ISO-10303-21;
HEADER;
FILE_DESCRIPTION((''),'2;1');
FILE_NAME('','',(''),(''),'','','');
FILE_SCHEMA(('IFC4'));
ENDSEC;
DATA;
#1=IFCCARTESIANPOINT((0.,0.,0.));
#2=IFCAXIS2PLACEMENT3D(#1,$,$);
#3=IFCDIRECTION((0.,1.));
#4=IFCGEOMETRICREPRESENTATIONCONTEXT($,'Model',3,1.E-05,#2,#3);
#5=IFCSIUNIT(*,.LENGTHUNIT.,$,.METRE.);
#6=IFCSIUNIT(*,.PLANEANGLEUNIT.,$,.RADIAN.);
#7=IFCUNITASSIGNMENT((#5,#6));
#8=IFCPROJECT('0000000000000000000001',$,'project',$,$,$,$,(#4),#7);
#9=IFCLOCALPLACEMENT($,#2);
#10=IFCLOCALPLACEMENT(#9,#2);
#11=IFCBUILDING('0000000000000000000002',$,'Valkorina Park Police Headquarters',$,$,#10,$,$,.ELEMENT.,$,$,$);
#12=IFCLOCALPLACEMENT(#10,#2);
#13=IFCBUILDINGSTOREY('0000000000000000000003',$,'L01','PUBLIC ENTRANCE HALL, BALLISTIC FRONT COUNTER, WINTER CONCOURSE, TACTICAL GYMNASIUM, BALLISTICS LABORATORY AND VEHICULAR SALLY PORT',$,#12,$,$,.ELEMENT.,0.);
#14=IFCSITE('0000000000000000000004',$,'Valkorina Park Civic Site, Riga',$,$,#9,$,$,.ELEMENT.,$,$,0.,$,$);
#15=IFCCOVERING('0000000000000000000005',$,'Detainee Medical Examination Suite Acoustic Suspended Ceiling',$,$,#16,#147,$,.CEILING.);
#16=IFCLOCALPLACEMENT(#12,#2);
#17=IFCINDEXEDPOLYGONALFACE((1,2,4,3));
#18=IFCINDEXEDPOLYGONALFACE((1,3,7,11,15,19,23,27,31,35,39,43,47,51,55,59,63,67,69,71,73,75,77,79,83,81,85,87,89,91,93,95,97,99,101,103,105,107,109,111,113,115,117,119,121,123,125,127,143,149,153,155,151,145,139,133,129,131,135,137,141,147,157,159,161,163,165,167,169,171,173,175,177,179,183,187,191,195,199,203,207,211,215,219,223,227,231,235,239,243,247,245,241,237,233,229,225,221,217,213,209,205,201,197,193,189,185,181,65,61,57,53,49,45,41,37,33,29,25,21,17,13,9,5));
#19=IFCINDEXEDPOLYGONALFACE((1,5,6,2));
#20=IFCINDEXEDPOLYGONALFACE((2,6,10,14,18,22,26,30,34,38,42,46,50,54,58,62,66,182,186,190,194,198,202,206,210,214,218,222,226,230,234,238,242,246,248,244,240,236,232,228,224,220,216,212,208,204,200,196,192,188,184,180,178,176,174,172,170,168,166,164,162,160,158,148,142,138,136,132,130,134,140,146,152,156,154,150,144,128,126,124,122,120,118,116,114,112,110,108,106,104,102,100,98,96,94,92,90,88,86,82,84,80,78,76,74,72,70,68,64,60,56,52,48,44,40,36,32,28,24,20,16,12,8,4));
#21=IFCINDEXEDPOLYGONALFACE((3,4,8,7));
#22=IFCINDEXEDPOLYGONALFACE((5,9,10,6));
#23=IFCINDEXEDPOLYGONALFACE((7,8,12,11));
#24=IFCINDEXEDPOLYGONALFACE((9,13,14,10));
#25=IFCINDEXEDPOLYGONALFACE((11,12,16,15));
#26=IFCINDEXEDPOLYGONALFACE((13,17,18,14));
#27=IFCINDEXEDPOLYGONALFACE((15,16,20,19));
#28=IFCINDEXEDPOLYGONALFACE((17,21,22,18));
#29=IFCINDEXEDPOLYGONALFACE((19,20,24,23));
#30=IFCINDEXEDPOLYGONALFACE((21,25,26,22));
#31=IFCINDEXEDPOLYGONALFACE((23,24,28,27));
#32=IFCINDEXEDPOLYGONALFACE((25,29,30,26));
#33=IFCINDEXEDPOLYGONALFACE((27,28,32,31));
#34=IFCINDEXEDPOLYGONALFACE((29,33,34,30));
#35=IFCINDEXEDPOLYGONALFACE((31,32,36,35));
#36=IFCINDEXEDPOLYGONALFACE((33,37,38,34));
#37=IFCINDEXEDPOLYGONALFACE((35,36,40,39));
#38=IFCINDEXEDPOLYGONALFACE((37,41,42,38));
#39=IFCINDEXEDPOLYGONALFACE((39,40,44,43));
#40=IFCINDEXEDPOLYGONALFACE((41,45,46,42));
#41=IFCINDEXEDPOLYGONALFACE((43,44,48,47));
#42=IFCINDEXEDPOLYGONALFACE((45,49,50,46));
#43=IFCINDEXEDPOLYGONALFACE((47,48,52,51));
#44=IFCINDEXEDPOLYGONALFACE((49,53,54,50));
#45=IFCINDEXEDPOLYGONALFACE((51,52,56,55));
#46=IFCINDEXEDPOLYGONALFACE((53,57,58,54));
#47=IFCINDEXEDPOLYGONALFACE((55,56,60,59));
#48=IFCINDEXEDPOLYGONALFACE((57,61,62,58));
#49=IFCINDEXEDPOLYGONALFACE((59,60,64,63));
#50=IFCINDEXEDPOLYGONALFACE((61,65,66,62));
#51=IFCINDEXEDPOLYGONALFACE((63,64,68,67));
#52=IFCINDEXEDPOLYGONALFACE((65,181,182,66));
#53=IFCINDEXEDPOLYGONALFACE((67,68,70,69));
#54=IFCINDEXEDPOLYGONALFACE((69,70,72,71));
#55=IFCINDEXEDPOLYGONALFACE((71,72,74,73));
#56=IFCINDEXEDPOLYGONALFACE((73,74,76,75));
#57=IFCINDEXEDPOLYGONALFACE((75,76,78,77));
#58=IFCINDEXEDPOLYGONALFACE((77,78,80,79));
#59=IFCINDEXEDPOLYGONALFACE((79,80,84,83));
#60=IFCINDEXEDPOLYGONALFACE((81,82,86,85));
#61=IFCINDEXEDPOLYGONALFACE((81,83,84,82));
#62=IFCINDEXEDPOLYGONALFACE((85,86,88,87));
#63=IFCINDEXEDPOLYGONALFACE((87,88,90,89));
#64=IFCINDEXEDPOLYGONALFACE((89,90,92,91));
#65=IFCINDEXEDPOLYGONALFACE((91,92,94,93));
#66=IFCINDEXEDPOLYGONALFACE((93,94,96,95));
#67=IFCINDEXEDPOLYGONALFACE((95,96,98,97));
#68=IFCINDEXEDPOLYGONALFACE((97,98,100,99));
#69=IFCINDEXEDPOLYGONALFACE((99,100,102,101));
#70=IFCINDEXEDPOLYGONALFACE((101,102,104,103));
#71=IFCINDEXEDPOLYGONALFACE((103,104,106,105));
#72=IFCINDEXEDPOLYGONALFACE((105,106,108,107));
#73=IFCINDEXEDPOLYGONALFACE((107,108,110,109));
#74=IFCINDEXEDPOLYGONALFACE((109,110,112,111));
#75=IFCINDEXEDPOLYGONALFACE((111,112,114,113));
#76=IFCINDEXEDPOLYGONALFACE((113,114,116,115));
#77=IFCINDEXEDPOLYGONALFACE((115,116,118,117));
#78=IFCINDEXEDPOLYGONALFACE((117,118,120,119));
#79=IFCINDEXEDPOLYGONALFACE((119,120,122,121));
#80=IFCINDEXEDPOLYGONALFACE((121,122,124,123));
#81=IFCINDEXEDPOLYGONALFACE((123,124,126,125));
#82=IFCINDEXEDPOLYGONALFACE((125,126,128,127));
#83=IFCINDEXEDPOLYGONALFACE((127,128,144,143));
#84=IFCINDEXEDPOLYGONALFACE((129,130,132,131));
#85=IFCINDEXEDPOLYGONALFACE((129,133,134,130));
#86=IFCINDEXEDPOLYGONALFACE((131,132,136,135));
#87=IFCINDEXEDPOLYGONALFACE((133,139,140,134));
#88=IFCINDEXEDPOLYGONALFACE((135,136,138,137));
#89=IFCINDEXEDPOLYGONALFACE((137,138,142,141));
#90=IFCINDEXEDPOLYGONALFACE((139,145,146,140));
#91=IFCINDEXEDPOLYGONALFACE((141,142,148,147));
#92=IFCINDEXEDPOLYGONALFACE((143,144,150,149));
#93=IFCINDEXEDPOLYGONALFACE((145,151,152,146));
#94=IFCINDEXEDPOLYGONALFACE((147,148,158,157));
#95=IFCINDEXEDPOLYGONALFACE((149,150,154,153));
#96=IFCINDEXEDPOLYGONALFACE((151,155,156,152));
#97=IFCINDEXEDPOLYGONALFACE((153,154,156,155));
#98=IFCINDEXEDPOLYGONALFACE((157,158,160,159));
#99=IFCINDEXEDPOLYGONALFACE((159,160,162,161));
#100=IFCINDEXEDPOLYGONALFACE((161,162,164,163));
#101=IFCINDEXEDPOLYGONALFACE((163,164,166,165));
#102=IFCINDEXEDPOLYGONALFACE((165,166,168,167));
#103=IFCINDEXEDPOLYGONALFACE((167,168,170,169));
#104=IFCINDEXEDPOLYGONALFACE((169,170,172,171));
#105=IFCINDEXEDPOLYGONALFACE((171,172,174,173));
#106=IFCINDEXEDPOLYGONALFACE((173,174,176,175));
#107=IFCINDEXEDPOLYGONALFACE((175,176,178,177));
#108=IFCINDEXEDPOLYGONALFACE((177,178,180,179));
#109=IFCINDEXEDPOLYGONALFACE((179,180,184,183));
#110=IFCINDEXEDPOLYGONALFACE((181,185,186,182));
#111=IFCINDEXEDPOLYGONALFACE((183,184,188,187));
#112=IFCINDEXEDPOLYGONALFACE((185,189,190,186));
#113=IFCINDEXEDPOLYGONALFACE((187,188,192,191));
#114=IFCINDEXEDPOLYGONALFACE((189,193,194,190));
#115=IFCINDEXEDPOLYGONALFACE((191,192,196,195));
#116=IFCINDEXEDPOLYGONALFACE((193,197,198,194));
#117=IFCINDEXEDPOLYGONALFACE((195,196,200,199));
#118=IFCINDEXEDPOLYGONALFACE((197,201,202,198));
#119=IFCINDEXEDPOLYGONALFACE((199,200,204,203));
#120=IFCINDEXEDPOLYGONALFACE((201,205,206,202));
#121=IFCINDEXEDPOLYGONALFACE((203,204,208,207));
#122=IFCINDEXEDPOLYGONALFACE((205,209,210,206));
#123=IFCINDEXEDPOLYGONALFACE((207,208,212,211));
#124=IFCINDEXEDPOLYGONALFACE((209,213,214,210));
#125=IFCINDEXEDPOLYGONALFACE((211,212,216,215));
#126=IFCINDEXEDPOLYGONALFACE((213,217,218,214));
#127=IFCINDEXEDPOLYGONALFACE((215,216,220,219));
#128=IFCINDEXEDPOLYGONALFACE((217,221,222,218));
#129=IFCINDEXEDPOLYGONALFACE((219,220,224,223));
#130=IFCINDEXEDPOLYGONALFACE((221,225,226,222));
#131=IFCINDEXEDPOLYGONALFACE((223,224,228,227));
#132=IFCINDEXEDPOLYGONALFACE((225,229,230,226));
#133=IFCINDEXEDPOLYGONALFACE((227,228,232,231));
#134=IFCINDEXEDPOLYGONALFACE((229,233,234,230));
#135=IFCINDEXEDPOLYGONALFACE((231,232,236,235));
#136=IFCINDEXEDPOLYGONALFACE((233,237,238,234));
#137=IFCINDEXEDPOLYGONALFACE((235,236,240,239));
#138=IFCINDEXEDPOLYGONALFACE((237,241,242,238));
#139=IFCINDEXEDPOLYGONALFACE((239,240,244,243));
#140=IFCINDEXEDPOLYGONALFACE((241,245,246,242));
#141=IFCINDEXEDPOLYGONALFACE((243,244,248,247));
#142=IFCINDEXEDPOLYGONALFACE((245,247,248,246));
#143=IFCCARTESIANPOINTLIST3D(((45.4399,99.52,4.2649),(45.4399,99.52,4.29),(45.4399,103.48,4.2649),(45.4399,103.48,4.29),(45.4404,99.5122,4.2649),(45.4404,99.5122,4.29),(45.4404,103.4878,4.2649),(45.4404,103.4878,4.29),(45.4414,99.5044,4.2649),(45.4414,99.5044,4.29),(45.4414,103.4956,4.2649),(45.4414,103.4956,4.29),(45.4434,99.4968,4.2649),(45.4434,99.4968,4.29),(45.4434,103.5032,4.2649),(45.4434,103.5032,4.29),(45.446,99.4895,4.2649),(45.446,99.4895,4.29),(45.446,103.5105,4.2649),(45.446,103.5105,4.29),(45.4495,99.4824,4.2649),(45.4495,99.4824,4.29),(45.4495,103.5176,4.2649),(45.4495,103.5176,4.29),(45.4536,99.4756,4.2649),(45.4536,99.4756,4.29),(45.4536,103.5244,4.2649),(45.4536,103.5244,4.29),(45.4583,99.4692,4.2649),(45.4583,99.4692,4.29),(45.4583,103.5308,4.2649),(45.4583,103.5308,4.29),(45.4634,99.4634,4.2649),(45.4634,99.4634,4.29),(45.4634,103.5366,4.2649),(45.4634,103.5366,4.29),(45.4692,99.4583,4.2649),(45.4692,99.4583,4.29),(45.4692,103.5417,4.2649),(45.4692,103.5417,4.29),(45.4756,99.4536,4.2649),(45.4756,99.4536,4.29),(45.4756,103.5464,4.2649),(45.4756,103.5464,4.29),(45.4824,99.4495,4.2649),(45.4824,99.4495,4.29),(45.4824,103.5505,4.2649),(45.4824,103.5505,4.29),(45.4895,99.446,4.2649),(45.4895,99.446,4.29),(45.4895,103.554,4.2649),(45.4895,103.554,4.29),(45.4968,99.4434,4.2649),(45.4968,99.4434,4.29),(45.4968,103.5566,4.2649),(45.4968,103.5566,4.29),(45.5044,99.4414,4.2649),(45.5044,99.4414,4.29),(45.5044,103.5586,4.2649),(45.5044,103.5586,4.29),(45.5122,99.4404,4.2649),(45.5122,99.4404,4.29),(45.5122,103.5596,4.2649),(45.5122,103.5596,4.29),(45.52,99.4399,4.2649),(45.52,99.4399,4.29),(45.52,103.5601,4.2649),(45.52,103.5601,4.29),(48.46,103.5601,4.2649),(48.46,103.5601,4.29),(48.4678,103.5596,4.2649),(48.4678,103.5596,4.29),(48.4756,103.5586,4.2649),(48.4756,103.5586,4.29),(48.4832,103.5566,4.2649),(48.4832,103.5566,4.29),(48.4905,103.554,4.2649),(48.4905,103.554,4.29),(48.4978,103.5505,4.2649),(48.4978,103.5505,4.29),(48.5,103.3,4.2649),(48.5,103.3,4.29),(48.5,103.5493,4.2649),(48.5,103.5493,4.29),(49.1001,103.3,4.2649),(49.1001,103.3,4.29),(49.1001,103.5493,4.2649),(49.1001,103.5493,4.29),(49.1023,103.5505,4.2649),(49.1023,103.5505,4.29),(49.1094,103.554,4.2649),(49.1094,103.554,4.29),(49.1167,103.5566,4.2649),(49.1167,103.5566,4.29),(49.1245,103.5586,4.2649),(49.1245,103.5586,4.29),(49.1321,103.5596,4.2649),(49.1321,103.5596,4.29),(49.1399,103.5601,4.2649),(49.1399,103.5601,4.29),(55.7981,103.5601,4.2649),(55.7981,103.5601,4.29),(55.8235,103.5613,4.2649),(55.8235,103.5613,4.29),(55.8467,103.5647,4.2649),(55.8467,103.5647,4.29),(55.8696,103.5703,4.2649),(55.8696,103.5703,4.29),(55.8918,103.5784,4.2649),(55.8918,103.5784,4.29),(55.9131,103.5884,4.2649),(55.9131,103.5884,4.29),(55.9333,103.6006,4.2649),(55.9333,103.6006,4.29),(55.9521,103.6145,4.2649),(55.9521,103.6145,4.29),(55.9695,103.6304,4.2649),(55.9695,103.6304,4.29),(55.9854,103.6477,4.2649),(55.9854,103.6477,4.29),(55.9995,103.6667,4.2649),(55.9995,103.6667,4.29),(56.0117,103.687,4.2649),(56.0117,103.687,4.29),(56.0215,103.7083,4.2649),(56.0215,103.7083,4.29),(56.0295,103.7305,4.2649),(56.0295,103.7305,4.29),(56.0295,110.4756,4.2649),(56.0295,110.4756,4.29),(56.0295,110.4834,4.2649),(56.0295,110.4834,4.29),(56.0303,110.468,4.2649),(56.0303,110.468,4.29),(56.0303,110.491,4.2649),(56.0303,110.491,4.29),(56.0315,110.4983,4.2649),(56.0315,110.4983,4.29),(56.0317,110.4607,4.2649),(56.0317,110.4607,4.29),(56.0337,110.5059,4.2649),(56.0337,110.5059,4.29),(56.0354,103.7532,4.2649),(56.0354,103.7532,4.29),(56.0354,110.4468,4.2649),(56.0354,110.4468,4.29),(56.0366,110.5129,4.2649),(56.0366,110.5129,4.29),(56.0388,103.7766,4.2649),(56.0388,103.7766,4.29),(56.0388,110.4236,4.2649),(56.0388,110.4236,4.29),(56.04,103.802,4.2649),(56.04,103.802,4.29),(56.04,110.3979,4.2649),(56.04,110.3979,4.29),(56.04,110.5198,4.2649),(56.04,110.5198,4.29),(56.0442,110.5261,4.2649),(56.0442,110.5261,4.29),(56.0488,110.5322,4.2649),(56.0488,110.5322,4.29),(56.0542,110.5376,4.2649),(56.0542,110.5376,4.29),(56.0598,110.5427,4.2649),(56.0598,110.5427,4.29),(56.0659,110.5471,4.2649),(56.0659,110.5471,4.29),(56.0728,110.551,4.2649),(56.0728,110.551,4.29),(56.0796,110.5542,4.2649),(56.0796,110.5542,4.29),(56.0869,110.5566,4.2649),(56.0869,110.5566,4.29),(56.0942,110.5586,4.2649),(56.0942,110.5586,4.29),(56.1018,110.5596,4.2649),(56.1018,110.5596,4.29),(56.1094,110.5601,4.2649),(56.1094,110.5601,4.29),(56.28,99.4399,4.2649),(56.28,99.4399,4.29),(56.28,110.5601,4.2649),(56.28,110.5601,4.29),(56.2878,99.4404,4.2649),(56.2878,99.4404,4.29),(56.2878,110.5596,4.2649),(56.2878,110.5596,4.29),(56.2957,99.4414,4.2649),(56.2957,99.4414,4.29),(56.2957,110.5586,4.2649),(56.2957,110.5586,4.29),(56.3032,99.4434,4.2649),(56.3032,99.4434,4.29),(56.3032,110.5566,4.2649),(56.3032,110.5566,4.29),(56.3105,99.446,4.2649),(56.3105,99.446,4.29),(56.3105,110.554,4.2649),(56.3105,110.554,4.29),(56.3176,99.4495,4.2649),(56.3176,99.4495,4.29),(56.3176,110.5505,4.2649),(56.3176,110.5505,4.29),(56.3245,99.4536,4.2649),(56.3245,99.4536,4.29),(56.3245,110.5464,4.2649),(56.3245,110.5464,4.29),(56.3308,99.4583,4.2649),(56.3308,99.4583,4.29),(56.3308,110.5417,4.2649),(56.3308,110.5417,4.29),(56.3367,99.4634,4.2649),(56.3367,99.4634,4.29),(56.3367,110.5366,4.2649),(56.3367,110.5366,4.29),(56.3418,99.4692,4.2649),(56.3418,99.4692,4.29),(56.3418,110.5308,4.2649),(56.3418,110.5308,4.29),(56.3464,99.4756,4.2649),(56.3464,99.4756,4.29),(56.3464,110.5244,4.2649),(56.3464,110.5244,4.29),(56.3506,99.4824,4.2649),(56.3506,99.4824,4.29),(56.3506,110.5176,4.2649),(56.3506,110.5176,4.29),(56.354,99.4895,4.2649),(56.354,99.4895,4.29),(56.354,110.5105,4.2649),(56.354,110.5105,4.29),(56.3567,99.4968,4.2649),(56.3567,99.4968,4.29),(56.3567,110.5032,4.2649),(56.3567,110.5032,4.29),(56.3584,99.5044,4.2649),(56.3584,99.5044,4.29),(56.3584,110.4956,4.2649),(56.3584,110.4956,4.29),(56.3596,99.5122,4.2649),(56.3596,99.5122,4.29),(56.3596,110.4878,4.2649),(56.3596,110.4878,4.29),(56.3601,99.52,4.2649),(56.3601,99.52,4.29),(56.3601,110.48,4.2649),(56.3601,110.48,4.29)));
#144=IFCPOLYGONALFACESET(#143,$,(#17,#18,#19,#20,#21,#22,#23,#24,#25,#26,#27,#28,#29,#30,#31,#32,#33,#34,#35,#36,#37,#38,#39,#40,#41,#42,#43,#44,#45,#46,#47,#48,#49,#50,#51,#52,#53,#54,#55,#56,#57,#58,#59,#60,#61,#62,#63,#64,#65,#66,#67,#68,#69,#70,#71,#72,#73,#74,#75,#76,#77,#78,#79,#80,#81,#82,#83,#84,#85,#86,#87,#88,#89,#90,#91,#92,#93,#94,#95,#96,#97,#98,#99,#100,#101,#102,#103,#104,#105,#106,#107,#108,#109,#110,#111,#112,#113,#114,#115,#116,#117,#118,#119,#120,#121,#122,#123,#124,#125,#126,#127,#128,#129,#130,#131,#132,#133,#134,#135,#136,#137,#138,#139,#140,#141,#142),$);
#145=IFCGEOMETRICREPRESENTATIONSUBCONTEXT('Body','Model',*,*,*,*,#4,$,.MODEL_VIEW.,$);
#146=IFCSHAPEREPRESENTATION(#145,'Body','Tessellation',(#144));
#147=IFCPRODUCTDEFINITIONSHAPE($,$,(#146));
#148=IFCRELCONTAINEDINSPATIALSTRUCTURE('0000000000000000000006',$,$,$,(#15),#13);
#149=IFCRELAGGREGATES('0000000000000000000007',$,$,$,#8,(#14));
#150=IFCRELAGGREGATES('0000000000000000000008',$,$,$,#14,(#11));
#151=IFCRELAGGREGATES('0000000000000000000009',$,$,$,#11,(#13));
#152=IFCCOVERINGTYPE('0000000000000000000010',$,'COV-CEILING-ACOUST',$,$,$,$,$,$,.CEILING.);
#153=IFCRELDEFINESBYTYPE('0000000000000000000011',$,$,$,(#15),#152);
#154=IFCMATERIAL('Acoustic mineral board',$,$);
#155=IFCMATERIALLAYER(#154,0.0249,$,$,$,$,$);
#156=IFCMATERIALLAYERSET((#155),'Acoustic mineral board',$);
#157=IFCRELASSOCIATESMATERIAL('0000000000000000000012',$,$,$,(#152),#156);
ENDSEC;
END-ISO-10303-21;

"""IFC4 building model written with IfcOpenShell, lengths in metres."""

from ifc_helpers import new_model, si_unit, direction, frame, origin, place, context, subcontext, project, spatial, polyline, outline, extrude, material, layer, layer_set, type_object, element, save


model = new_model("IFC4")

# Units and contexts
model_context = context("Model", 3, precision=1e-05, world=origin(), true_north=direction((0.0, 1.0)))
body_context = subcontext(model_context, "Body", "Model", "MODEL_VIEW")
ifc_project = project(units=[si_unit("LENGTHUNIT", "METRE"), si_unit("PLANEANGLEUNIT", "RADIAN")], contexts=[model_context])

# Site, building, storey
site_placement = place(None, origin())
site = spatial("IfcSite", under=ifc_project, at=site_placement, Name="Valkorina Park Civic Site, Riga", CompositionType="ELEMENT", RefElevation=0.0)
building_placement = place(site_placement, origin())
building = spatial("IfcBuilding", under=site, at=building_placement, Name="Valkorina Park Police Headquarters", CompositionType="ELEMENT")
storey_placement = place(building_placement, origin())
storey = spatial("IfcBuildingStorey", under=building, at=storey_placement, Name="L01", Description="PUBLIC ENTRANCE HALL, BALLISTIC FRONT COUNTER, WINTER CONCOURSE, TACTICAL GYMNASIUM, BALLISTICS LABORATORY AND VEHICULAR SALLY PORT", CompositionType="ELEMENT", Elevation=0.0)

# Covering
ifc_material_1 = material(Name="Acoustic mineral board")
ifc_layer_1 = layer(ifc_material_1, 0.0249)
ifc_layer_set_1 = layer_set([ifc_layer_1], Name="Acoustic mineral board")
covering_type_1 = type_object("IfcCoveringType", Name="COV-CEILING-ACOUST", PredefinedType="CEILING", material=ifc_layer_set_1)
covering_1_placement = place(storey_placement, frame((0.0, 0.0, 4.2649)))
element("IfcCovering", 1, at=covering_1_placement, inside=storey, type_object=covering_type_1, Name="Detainee Medical Examination Suite Acoustic Suspended Ceiling", PredefinedType="CEILING", context=body_context, shape_type="SweptSolid", body=[
    extrude(outline(polyline([(55.8696, 103.5703), (55.8467, 103.5647), (55.8235, 103.5613), (55.7981, 103.5601), (49.1399, 103.5601), (49.1321, 103.5596), (49.1245, 103.5586), (49.1167, 103.5566), (49.1094, 103.554), (49.1023, 103.5505), (49.1001, 103.5493), (49.1001, 103.3), (48.5, 103.3), (48.5, 103.5493), (48.4978, 103.5505), (48.4905, 103.554), (48.4832, 103.5566), (48.4756, 103.5586), (48.4678, 103.5596), (48.46, 103.5601), (45.52, 103.5601), (45.5122, 103.5596), (45.5044, 103.5586), (45.4968, 103.5566), (45.4895, 103.554), (45.4824, 103.5505), (45.4756, 103.5464), (45.4692, 103.5417), (45.4634, 103.5366), (45.4583, 103.5308), (45.4536, 103.5244), (45.4495, 103.5176), (45.446, 103.5105), (45.4434, 103.5032), (45.4414, 103.4956), (45.4404, 103.4878), (45.4399, 103.48), (45.4399, 99.52), (45.4404, 99.5122), (45.4414, 99.5044), (45.4434, 99.4968), (45.446, 99.4895), (45.4495, 99.4824), (45.4536, 99.4756), (45.4583, 99.4692), (45.4634, 99.4634), (45.4692, 99.4583), (45.4756, 99.4536), (45.4824, 99.4495), (45.4895, 99.446), (45.4968, 99.4434), (45.5044, 99.4414), (45.5122, 99.4404), (45.52, 99.4399), (56.28, 99.4399), (56.2878, 99.4404), (56.2957, 99.4414), (56.3032, 99.4434), (56.3105, 99.446), (56.3176, 99.4495), (56.3245, 99.4536), (56.3308, 99.4583), (56.3367, 99.4634), (56.3418, 99.4692), (56.3464, 99.4756), (56.3506, 99.4824), (56.354, 99.4895), (56.3567, 99.4968), (56.3584, 99.5044), (56.3596, 99.5122), (56.3601, 99.52), (56.3601, 110.48), (56.3596, 110.4878), (56.3584, 110.4956), (56.3567, 110.5032), (56.354, 110.5105), (56.3506, 110.5176), (56.3464, 110.5244), (56.3418, 110.5308), (56.3367, 110.5366), (56.3308, 110.5417), (56.3245, 110.5464), (56.3176, 110.5505), (56.3105, 110.554), (56.3032, 110.5566), (56.2957, 110.5586), (56.2878, 110.5596), (56.28, 110.5601), (56.1094, 110.5601), (56.1018, 110.5596), (56.0942, 110.5586), (56.0869, 110.5566), (56.0796, 110.5542), (56.0728, 110.551), (56.0659, 110.5471), (56.0598, 110.5427), (56.0542, 110.5376), (56.0488, 110.5322), (56.0442, 110.5261), (56.04, 110.5198), (56.0366, 110.5129), (56.0337, 110.5059), (56.0315, 110.4983), (56.0303, 110.491), (56.0295, 110.4834), (56.0295, 110.4756), (56.0303, 110.468), (56.0317, 110.4607), (56.0354, 110.4468), (56.0388, 110.4236), (56.04, 110.3979), (56.04, 103.802), (56.0388, 103.7766), (56.0354, 103.7532), (56.0295, 103.7305), (56.0215, 103.7083), (56.0117, 103.687), (55.9995, 103.6667), (55.9854, 103.6477), (55.9695, 103.6304), (55.9521, 103.6145), (55.9333, 103.6006), (55.9131, 103.5884), (55.8918, 103.5784), (55.8696, 103.5703)])), origin(), (0.0, 0.0, 1.0), 0.0251),
])

save(model, "model.ifc")
